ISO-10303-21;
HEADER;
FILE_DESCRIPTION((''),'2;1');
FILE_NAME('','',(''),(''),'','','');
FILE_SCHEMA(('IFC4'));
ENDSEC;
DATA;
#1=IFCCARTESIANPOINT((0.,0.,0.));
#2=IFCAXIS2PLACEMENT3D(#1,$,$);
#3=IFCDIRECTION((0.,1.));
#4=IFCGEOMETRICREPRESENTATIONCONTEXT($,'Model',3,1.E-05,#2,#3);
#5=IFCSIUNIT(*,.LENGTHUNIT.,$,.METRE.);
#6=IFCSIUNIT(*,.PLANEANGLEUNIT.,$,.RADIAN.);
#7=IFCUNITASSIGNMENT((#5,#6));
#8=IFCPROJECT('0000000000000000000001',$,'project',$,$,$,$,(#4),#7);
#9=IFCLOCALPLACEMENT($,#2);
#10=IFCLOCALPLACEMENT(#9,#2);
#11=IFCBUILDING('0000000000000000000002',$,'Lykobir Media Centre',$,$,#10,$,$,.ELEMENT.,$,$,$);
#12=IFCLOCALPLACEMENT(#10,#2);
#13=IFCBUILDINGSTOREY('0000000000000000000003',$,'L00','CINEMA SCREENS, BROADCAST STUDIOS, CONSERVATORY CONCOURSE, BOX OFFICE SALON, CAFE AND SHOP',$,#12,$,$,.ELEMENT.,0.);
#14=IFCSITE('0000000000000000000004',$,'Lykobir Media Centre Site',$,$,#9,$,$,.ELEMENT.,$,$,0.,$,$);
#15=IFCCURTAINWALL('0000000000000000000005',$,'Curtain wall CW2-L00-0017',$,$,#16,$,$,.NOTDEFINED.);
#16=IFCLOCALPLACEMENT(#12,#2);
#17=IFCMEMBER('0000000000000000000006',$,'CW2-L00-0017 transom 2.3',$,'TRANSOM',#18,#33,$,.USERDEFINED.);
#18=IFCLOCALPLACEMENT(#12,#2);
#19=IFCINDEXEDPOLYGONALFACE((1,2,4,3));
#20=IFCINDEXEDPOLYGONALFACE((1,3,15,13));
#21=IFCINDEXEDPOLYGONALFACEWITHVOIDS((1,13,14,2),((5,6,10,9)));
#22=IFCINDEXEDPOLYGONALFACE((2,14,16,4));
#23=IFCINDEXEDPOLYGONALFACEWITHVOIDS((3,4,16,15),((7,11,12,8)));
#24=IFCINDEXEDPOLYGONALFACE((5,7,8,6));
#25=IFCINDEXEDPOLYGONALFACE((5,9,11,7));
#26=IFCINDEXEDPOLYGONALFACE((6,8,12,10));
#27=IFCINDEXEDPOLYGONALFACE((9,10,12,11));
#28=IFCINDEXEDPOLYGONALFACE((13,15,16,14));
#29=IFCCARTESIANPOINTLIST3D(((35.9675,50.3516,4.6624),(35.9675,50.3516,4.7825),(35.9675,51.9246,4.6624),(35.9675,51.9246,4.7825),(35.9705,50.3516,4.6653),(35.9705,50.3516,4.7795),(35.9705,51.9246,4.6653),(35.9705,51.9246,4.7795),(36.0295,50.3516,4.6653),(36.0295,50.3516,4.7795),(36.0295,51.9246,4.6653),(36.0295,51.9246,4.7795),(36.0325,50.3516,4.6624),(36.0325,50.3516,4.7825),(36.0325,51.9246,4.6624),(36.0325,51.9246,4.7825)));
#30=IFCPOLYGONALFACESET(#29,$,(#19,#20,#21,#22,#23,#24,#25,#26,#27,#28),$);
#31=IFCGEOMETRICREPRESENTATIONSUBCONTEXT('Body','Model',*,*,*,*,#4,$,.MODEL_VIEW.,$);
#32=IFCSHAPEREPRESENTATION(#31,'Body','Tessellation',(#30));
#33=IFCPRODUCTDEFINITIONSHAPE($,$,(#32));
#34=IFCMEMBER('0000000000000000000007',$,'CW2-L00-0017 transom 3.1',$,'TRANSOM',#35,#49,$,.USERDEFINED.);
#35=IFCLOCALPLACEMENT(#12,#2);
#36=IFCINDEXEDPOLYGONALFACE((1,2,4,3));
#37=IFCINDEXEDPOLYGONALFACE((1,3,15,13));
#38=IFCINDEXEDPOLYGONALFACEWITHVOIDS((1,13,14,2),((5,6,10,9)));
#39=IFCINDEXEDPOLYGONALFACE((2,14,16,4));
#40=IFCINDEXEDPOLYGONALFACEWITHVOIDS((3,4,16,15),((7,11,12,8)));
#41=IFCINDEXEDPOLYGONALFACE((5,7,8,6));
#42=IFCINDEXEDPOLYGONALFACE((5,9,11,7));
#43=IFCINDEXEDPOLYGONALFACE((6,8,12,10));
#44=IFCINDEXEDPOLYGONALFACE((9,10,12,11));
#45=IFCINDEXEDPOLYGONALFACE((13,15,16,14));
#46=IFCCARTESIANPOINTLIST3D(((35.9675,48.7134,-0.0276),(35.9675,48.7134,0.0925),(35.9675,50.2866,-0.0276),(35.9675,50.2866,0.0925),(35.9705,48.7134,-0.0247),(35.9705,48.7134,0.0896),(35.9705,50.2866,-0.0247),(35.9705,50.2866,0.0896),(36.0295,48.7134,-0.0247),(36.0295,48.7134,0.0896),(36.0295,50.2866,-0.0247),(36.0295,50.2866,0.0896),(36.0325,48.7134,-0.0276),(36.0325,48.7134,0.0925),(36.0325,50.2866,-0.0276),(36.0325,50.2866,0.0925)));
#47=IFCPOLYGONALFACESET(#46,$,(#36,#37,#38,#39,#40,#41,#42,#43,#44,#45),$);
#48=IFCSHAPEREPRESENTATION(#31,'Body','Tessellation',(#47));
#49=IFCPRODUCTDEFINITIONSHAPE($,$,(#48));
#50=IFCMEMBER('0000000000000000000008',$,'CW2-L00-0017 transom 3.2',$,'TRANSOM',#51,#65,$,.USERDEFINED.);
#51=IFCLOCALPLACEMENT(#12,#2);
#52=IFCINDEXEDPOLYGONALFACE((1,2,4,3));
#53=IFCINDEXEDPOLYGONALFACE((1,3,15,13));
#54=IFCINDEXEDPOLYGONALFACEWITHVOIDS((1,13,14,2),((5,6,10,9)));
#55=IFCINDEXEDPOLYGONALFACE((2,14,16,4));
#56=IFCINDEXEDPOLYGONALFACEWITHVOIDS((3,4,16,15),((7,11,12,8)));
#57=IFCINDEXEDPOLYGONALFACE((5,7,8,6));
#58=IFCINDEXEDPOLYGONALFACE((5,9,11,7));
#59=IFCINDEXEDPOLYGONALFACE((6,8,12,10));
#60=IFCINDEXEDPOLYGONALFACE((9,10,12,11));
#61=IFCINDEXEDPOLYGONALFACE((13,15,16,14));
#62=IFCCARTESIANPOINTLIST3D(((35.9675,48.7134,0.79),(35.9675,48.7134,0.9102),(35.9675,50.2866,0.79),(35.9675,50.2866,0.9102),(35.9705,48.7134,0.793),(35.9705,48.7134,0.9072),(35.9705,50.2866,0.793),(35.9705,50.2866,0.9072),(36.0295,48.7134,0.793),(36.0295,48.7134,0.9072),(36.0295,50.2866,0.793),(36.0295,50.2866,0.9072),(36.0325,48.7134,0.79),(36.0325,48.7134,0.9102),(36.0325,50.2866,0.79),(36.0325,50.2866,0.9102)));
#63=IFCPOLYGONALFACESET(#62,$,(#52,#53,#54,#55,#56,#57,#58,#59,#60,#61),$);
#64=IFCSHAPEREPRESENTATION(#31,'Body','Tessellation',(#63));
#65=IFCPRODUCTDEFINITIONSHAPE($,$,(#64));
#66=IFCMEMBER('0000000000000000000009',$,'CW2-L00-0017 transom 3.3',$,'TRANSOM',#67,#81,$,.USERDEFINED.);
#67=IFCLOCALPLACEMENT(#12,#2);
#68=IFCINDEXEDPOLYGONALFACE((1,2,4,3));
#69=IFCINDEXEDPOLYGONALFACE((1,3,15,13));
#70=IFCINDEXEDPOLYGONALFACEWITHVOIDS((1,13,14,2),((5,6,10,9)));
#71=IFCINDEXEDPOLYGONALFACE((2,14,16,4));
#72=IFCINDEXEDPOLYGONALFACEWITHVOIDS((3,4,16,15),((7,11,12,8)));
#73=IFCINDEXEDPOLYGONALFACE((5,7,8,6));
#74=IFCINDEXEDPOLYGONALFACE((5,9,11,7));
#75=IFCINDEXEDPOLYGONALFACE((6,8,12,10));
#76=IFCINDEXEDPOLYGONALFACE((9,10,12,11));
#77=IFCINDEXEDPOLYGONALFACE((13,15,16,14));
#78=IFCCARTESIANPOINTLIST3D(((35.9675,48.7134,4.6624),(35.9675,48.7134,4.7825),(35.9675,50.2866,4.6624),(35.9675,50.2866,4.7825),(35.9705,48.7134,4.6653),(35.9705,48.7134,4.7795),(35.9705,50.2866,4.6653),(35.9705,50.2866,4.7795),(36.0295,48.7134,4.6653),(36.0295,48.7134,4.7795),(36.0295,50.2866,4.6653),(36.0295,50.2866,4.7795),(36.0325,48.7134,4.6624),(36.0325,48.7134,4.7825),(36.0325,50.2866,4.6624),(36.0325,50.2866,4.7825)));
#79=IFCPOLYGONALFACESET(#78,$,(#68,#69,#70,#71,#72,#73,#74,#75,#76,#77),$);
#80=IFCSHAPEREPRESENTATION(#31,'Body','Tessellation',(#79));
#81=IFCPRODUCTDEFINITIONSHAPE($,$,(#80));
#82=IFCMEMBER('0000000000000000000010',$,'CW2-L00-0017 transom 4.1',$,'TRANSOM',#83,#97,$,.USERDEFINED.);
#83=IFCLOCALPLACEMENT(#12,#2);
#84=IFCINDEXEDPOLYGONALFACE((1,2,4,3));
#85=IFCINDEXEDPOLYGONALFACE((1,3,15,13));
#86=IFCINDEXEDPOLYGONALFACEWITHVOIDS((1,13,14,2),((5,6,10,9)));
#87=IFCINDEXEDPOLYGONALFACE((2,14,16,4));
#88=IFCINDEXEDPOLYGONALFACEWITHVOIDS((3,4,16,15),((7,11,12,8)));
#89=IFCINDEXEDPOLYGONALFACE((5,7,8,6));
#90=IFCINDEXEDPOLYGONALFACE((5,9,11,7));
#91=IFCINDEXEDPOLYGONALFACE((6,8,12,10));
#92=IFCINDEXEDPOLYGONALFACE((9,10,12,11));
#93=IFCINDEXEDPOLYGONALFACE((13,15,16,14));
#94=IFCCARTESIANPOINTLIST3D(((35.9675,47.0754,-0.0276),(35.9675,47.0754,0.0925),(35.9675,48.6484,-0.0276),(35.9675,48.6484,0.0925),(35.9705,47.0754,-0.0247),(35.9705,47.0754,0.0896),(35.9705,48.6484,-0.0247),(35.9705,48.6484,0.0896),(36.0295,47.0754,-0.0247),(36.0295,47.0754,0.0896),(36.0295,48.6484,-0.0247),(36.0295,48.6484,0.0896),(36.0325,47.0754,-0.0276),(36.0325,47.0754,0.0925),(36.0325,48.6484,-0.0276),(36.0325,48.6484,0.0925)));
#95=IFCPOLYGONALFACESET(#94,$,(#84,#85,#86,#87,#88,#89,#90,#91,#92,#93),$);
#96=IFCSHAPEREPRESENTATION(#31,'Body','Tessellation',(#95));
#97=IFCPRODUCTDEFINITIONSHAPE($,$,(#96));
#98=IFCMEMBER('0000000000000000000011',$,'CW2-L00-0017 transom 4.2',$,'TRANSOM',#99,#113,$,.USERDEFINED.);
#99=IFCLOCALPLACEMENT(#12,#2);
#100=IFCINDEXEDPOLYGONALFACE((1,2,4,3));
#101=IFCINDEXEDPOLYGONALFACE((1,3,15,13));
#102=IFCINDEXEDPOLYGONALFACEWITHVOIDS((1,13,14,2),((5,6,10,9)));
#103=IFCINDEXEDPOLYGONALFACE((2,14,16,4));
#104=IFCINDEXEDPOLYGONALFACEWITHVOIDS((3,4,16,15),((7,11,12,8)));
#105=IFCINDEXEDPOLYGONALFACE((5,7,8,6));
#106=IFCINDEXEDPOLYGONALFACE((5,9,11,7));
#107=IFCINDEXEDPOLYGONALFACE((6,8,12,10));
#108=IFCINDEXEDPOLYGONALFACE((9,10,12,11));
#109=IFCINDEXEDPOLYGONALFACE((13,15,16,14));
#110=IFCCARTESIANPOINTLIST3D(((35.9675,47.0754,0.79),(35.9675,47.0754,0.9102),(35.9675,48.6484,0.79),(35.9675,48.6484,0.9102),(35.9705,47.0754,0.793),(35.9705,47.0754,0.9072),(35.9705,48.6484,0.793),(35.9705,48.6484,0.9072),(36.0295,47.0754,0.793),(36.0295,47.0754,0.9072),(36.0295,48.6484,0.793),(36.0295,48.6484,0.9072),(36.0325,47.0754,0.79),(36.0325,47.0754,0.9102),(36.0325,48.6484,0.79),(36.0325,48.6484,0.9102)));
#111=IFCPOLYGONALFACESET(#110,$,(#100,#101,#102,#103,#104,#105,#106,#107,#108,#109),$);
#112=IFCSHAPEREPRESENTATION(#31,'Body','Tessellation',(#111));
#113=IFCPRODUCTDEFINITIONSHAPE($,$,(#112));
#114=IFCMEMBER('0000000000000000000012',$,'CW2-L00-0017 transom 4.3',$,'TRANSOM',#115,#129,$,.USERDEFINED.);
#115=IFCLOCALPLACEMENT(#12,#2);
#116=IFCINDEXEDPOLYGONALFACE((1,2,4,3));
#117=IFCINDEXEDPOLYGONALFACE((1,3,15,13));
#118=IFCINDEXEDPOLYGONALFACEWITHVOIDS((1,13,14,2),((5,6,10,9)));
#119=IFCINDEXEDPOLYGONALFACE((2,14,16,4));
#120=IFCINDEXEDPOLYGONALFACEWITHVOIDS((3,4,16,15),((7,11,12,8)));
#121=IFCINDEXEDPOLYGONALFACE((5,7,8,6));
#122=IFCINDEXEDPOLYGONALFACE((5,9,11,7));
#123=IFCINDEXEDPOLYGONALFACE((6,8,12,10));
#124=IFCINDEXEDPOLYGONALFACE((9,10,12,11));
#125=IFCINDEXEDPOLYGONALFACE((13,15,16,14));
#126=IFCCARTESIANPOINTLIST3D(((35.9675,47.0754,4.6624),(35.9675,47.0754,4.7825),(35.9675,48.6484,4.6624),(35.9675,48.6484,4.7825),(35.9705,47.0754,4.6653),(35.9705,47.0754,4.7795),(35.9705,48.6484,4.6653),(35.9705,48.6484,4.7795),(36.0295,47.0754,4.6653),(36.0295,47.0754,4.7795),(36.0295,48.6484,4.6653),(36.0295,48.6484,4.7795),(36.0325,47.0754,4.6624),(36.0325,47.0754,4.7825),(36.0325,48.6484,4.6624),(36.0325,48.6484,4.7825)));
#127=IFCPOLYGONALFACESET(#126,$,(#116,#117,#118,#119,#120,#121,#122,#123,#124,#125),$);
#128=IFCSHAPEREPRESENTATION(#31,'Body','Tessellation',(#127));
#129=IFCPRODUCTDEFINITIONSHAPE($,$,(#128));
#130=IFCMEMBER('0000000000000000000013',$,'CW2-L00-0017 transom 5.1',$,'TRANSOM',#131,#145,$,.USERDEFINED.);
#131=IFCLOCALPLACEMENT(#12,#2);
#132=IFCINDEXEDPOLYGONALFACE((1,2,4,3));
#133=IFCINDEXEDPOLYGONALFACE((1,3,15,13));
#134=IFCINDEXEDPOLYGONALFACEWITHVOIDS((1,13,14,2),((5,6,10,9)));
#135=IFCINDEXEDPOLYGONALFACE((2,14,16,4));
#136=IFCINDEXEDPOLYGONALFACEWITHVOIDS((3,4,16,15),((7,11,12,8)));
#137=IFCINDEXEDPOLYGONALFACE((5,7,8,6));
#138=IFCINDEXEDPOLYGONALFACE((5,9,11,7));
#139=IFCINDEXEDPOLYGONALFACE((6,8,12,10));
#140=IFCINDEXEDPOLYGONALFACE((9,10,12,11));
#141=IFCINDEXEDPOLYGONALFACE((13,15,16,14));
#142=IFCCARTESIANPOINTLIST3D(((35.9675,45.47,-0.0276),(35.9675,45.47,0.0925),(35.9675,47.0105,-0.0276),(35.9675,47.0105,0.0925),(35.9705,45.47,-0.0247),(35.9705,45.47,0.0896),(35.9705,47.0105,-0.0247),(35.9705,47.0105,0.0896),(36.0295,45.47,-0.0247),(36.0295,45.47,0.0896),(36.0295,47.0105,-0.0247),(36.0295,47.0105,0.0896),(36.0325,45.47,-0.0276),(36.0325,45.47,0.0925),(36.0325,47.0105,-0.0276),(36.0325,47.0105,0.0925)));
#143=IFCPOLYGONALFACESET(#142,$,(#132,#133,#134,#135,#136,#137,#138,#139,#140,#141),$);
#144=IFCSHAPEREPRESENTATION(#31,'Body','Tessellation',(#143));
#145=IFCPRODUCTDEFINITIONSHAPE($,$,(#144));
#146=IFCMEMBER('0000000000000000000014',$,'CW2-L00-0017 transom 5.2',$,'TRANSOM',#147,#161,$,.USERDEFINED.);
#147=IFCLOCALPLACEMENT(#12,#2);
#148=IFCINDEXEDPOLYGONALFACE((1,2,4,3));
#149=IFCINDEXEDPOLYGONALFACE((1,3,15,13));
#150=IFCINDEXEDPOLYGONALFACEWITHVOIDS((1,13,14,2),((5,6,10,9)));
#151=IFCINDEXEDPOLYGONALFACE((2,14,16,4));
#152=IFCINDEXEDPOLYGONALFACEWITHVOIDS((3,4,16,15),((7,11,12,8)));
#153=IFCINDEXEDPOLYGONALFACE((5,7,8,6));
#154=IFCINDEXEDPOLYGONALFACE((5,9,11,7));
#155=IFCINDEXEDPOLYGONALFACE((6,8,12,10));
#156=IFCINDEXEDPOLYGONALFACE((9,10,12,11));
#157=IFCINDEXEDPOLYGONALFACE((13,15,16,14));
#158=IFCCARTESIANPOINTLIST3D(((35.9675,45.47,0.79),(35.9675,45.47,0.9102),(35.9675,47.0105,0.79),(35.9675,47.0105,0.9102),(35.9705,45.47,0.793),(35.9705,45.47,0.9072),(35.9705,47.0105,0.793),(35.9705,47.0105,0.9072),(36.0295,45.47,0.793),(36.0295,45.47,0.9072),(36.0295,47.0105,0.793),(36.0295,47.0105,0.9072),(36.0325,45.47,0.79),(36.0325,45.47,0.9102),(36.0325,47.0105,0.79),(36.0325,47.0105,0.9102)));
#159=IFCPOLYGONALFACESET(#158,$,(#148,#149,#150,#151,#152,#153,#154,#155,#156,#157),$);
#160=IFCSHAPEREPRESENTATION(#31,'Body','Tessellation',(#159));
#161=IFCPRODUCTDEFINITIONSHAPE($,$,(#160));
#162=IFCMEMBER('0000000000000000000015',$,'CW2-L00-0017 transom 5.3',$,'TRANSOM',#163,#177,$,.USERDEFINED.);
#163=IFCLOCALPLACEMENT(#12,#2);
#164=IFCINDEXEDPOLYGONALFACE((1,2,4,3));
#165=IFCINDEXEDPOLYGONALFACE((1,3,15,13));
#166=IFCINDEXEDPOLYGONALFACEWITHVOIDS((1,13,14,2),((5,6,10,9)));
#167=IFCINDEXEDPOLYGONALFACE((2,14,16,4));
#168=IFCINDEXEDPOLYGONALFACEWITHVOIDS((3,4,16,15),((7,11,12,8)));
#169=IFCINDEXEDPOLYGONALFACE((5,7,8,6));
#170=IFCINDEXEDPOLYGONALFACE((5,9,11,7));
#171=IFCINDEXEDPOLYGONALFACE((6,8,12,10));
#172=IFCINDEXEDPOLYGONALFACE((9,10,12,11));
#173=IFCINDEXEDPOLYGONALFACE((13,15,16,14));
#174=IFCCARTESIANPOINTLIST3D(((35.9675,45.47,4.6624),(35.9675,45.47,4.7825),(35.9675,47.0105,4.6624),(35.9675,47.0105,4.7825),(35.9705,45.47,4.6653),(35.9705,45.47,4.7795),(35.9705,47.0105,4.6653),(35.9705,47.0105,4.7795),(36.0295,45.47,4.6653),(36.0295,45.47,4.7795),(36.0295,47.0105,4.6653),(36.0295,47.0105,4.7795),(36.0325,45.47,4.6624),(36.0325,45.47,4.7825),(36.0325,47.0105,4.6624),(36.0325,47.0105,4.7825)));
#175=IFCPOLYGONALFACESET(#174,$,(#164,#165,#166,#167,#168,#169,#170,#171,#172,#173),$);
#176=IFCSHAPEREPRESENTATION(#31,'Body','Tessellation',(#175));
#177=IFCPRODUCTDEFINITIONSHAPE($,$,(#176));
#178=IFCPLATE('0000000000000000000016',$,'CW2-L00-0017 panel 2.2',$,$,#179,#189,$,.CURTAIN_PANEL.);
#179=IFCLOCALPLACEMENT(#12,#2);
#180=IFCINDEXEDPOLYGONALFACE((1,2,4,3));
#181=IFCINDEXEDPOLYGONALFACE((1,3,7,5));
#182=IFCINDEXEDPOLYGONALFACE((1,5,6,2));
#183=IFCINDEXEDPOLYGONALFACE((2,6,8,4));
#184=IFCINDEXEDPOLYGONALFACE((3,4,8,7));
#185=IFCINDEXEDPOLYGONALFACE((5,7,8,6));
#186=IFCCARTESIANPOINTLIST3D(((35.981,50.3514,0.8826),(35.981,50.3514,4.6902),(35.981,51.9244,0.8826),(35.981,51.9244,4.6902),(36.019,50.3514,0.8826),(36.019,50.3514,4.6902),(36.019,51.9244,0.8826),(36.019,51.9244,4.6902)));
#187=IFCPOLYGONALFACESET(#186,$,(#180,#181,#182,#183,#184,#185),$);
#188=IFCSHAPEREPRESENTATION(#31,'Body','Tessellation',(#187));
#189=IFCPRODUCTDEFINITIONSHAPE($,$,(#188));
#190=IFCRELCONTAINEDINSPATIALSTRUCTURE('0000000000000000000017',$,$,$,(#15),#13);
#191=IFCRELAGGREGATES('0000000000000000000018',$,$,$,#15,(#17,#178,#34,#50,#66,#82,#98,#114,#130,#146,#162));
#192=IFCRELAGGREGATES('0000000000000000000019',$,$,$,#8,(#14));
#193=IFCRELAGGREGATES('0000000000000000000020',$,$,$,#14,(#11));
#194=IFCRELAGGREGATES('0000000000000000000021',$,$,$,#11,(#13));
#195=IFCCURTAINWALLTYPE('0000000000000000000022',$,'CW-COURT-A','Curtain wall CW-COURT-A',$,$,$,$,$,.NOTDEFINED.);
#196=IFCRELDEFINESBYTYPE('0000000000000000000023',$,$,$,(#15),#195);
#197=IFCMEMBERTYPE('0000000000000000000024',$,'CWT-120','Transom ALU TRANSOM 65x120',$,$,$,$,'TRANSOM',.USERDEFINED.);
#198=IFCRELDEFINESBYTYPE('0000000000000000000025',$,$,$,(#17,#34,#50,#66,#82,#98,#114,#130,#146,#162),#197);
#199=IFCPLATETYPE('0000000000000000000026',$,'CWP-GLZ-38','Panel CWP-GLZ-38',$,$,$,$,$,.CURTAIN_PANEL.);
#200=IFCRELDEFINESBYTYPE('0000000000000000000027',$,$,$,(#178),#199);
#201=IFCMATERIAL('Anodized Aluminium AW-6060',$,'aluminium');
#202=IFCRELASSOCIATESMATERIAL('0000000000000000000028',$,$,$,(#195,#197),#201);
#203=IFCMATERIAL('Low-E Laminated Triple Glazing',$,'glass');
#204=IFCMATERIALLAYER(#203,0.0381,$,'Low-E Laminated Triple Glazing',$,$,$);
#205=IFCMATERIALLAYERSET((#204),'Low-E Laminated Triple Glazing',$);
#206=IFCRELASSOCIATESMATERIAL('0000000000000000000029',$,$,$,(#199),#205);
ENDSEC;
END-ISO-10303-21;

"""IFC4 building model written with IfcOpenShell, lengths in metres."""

from ifc_helpers import new_model, si_unit, direction, frame, origin, origin_2d, place, context, subcontext, project, spatial, rectangle, hollow_rectangle, extrude, material, layer, layer_set, material_profile, profile_set, type_object, element, aggregate, save


model = new_model("IFC4")

# Units and contexts
model_context = context("Model", 3, precision=1e-05, world=origin(), true_north=direction((0.0, 1.0)))
body_context = subcontext(model_context, "Body", "Model", "MODEL_VIEW")
ifc_project = project(units=[si_unit("LENGTHUNIT", "METRE"), si_unit("PLANEANGLEUNIT", "RADIAN")], contexts=[model_context])

# Site, building, storey
site_placement = place(None, origin())
site = spatial("IfcSite", under=ifc_project, at=site_placement, Name="Lykobir Media Centre Site", CompositionType="ELEMENT", RefElevation=0.0)
building_placement = place(site_placement, origin())
building = spatial("IfcBuilding", under=site, at=building_placement, Name="Lykobir Media Centre", CompositionType="ELEMENT")
storey_placement = place(building_placement, origin())
storey = spatial("IfcBuildingStorey", under=building, at=storey_placement, Name="L00", Description="CINEMA SCREENS, BROADCAST STUDIOS, CONSERVATORY CONCOURSE, BOX OFFICE SALON, CAFE AND SHOP", CompositionType="ELEMENT", Elevation=0.0)

# Shared definitions
ifc_material_1 = material(Name="Anodized Aluminium AW-6060", Category="aluminium")
curtain_wall_type = type_object("IfcCurtainWallType", Name="CW-COURT-A", Description="Curtain wall CW-COURT-A", PredefinedType="NOTDEFINED", material=ifc_material_1)

# Curtain wall, members, plate
curtain_wall_1_placement = place(storey_placement, origin())
curtain_wall_1 = element("IfcCurtainWall", 1, at=curtain_wall_1_placement, inside=storey, type_object=curtain_wall_type, Name="Curtain wall CW2-L00-0017", PredefinedType="NOTDEFINED")
ifc_material_profile_1 = material_profile(ifc_material_1, hollow_rectangle(XDim=0.0649, YDim=0.1201, WallThickness=0.0029, at=origin_2d()), Name="ALU TRANSOM 65x120")
ifc_profile_set_1 = profile_set([ifc_material_profile_1], Name="Anodized Aluminium AW-6060")
member_type_1 = type_object("IfcMemberType", Name="CWT-120", Description="Transom ALU TRANSOM 65x120", ElementType="TRANSOM", PredefinedType="USERDEFINED", material=ifc_profile_set_1)
member_1_placement = place(storey_placement, frame((36.0, 51.9246, 4.7224), z_axis=(0.0, -1.0, 0.0), x_axis=(1.0, 0.0, 0.0)))
member_1 = element("IfcMember", 2, at=member_1_placement, type_object=member_type_1, Name="CW2-L00-0017 transom 2.3", ObjectType="TRANSOM", PredefinedType="USERDEFINED", context=body_context, shape_type="SweptSolid", body=[
    extrude(hollow_rectangle(XDim=0.0649, YDim=0.1201, WallThickness=0.0029, at=origin_2d()), origin(), (0.0, 0.0, 1.0), 1.573),
])
member_2_placement = place(storey_placement, frame((36.0, 50.2866, 0.0325), z_axis=(0.0, -1.0, 0.0), x_axis=(1.0, 0.0, 0.0)))
member_2 = element("IfcMember", 3, at=member_2_placement, type_object=member_type_1, Name="CW2-L00-0017 transom 3.1", ObjectType="TRANSOM", PredefinedType="USERDEFINED", context=body_context, shape_type="SweptSolid", body=[
    extrude(hollow_rectangle(XDim=0.0649, YDim=0.1201, WallThickness=0.0029, at=origin_2d()), origin(), (0.0, 0.0, 1.0), 1.5732),
])
member_3_placement = place(storey_placement, frame((36.0, 50.2866, 0.8501), z_axis=(0.0, -1.0, 0.0), x_axis=(1.0, 0.0, 0.0)))
member_3 = element("IfcMember", 4, at=member_3_placement, type_object=member_type_1, Name="CW2-L00-0017 transom 3.2", ObjectType="TRANSOM", PredefinedType="USERDEFINED", context=body_context, shape_type="SweptSolid", body=[
    extrude(hollow_rectangle(XDim=0.0649, YDim=0.1201, WallThickness=0.0029, at=origin_2d()), origin(), (0.0, 0.0, 1.0), 1.5732),
])
member_4_placement = place(storey_placement, frame((36.0, 50.2866, 4.7224), z_axis=(0.0, -1.0, 0.0), x_axis=(1.0, 0.0, 0.0)))
member_4 = element("IfcMember", 5, at=member_4_placement, type_object=member_type_1, Name="CW2-L00-0017 transom 3.3", ObjectType="TRANSOM", PredefinedType="USERDEFINED", context=body_context, shape_type="SweptSolid", body=[
    extrude(hollow_rectangle(XDim=0.0649, YDim=0.1201, WallThickness=0.0029, at=origin_2d()), origin(), (0.0, 0.0, 1.0), 1.5732),
])
member_5_placement = place(storey_placement, frame((36.0, 48.6484, 0.0325), z_axis=(0.0, -1.0, 0.0), x_axis=(1.0, 0.0, 0.0)))
member_5 = element("IfcMember", 6, at=member_5_placement, type_object=member_type_1, Name="CW2-L00-0017 transom 4.1", ObjectType="TRANSOM", PredefinedType="USERDEFINED", context=body_context, shape_type="SweptSolid", body=[
    extrude(hollow_rectangle(XDim=0.0649, YDim=0.1201, WallThickness=0.0029, at=origin_2d()), origin(), (0.0, 0.0, 1.0), 1.573),
])
member_6_placement = place(storey_placement, frame((36.0, 48.6484, 0.8501), z_axis=(0.0, -1.0, 0.0), x_axis=(1.0, 0.0, 0.0)))
member_6 = element("IfcMember", 7, at=member_6_placement, type_object=member_type_1, Name="CW2-L00-0017 transom 4.2", ObjectType="TRANSOM", PredefinedType="USERDEFINED", context=body_context, shape_type="SweptSolid", body=[
    extrude(hollow_rectangle(XDim=0.0649, YDim=0.1201, WallThickness=0.0029, at=origin_2d()), origin(), (0.0, 0.0, 1.0), 1.573),
])
member_7_placement = place(storey_placement, frame((36.0, 48.6484, 4.7224), z_axis=(0.0, -1.0, 0.0), x_axis=(1.0, 0.0, 0.0)))
member_7 = element("IfcMember", 8, at=member_7_placement, type_object=member_type_1, Name="CW2-L00-0017 transom 4.3", ObjectType="TRANSOM", PredefinedType="USERDEFINED", context=body_context, shape_type="SweptSolid", body=[
    extrude(hollow_rectangle(XDim=0.0649, YDim=0.1201, WallThickness=0.0029, at=origin_2d()), origin(), (0.0, 0.0, 1.0), 1.573),
])
member_8_placement = place(storey_placement, frame((36.0, 47.0105, 0.0325), z_axis=(0.0, -1.0, 0.0), x_axis=(1.0, 0.0, 0.0)))
member_8 = element("IfcMember", 9, at=member_8_placement, type_object=member_type_1, Name="CW2-L00-0017 transom 5.1", ObjectType="TRANSOM", PredefinedType="USERDEFINED", context=body_context, shape_type="SweptSolid", body=[
    extrude(hollow_rectangle(XDim=0.0649, YDim=0.1201, WallThickness=0.0029, at=origin_2d()), origin(), (0.0, 0.0, 1.0), 1.5405),
])
member_9_placement = place(storey_placement, frame((36.0, 47.0105, 0.8501), z_axis=(0.0, -1.0, 0.0), x_axis=(1.0, 0.0, 0.0)))
member_9 = element("IfcMember", 10, at=member_9_placement, type_object=member_type_1, Name="CW2-L00-0017 transom 5.2", ObjectType="TRANSOM", PredefinedType="USERDEFINED", context=body_context, shape_type="SweptSolid", body=[
    extrude(hollow_rectangle(XDim=0.0649, YDim=0.1201, WallThickness=0.0029, at=origin_2d()), origin(), (0.0, 0.0, 1.0), 1.5405),
])
member_10_placement = place(storey_placement, frame((36.0, 47.0105, 4.7224), z_axis=(0.0, -1.0, 0.0), x_axis=(1.0, 0.0, 0.0)))
member_10 = element("IfcMember", 11, at=member_10_placement, type_object=member_type_1, Name="CW2-L00-0017 transom 5.3", ObjectType="TRANSOM", PredefinedType="USERDEFINED", context=body_context, shape_type="SweptSolid", body=[
    extrude(hollow_rectangle(XDim=0.0649, YDim=0.1201, WallThickness=0.0029, at=origin_2d()), origin(), (0.0, 0.0, 1.0), 1.5405),
])
ifc_material_2 = material(Name="Low-E Laminated Triple Glazing", Category="glass")
ifc_layer_1 = layer(ifc_material_2, 0.0381, Name="Low-E Laminated Triple Glazing")
ifc_layer_set_1 = layer_set([ifc_layer_1], Name="Low-E Laminated Triple Glazing")
plate_type_1 = type_object("IfcPlateType", Name="CWP-GLZ-38", Description="Panel CWP-GLZ-38", PredefinedType="CURTAIN_PANEL", material=ifc_layer_set_1)
plate_1_placement = place(storey_placement, frame((36.0, 51.1379, 0.8826), z_axis=(0.0, 0.0, 1.0), x_axis=(0.0, -1.0, 0.0)))
plate_1 = element("IfcPlate", 12, at=plate_1_placement, type_object=plate_type_1, Name="CW2-L00-0017 panel 2.2", PredefinedType="CURTAIN_PANEL", context=body_context, shape_type="SweptSolid", body=[
    extrude(rectangle(XDim=1.573, YDim=0.0381, at=origin_2d()), origin(), (0.0, 0.0, 1.0), 3.8076),
])
aggregate(curtain_wall_1, [member_1, plate_1, member_2, member_3, member_4, member_5, member_6, member_7, member_8, member_9, member_10])

save(model, "model.ifc")
